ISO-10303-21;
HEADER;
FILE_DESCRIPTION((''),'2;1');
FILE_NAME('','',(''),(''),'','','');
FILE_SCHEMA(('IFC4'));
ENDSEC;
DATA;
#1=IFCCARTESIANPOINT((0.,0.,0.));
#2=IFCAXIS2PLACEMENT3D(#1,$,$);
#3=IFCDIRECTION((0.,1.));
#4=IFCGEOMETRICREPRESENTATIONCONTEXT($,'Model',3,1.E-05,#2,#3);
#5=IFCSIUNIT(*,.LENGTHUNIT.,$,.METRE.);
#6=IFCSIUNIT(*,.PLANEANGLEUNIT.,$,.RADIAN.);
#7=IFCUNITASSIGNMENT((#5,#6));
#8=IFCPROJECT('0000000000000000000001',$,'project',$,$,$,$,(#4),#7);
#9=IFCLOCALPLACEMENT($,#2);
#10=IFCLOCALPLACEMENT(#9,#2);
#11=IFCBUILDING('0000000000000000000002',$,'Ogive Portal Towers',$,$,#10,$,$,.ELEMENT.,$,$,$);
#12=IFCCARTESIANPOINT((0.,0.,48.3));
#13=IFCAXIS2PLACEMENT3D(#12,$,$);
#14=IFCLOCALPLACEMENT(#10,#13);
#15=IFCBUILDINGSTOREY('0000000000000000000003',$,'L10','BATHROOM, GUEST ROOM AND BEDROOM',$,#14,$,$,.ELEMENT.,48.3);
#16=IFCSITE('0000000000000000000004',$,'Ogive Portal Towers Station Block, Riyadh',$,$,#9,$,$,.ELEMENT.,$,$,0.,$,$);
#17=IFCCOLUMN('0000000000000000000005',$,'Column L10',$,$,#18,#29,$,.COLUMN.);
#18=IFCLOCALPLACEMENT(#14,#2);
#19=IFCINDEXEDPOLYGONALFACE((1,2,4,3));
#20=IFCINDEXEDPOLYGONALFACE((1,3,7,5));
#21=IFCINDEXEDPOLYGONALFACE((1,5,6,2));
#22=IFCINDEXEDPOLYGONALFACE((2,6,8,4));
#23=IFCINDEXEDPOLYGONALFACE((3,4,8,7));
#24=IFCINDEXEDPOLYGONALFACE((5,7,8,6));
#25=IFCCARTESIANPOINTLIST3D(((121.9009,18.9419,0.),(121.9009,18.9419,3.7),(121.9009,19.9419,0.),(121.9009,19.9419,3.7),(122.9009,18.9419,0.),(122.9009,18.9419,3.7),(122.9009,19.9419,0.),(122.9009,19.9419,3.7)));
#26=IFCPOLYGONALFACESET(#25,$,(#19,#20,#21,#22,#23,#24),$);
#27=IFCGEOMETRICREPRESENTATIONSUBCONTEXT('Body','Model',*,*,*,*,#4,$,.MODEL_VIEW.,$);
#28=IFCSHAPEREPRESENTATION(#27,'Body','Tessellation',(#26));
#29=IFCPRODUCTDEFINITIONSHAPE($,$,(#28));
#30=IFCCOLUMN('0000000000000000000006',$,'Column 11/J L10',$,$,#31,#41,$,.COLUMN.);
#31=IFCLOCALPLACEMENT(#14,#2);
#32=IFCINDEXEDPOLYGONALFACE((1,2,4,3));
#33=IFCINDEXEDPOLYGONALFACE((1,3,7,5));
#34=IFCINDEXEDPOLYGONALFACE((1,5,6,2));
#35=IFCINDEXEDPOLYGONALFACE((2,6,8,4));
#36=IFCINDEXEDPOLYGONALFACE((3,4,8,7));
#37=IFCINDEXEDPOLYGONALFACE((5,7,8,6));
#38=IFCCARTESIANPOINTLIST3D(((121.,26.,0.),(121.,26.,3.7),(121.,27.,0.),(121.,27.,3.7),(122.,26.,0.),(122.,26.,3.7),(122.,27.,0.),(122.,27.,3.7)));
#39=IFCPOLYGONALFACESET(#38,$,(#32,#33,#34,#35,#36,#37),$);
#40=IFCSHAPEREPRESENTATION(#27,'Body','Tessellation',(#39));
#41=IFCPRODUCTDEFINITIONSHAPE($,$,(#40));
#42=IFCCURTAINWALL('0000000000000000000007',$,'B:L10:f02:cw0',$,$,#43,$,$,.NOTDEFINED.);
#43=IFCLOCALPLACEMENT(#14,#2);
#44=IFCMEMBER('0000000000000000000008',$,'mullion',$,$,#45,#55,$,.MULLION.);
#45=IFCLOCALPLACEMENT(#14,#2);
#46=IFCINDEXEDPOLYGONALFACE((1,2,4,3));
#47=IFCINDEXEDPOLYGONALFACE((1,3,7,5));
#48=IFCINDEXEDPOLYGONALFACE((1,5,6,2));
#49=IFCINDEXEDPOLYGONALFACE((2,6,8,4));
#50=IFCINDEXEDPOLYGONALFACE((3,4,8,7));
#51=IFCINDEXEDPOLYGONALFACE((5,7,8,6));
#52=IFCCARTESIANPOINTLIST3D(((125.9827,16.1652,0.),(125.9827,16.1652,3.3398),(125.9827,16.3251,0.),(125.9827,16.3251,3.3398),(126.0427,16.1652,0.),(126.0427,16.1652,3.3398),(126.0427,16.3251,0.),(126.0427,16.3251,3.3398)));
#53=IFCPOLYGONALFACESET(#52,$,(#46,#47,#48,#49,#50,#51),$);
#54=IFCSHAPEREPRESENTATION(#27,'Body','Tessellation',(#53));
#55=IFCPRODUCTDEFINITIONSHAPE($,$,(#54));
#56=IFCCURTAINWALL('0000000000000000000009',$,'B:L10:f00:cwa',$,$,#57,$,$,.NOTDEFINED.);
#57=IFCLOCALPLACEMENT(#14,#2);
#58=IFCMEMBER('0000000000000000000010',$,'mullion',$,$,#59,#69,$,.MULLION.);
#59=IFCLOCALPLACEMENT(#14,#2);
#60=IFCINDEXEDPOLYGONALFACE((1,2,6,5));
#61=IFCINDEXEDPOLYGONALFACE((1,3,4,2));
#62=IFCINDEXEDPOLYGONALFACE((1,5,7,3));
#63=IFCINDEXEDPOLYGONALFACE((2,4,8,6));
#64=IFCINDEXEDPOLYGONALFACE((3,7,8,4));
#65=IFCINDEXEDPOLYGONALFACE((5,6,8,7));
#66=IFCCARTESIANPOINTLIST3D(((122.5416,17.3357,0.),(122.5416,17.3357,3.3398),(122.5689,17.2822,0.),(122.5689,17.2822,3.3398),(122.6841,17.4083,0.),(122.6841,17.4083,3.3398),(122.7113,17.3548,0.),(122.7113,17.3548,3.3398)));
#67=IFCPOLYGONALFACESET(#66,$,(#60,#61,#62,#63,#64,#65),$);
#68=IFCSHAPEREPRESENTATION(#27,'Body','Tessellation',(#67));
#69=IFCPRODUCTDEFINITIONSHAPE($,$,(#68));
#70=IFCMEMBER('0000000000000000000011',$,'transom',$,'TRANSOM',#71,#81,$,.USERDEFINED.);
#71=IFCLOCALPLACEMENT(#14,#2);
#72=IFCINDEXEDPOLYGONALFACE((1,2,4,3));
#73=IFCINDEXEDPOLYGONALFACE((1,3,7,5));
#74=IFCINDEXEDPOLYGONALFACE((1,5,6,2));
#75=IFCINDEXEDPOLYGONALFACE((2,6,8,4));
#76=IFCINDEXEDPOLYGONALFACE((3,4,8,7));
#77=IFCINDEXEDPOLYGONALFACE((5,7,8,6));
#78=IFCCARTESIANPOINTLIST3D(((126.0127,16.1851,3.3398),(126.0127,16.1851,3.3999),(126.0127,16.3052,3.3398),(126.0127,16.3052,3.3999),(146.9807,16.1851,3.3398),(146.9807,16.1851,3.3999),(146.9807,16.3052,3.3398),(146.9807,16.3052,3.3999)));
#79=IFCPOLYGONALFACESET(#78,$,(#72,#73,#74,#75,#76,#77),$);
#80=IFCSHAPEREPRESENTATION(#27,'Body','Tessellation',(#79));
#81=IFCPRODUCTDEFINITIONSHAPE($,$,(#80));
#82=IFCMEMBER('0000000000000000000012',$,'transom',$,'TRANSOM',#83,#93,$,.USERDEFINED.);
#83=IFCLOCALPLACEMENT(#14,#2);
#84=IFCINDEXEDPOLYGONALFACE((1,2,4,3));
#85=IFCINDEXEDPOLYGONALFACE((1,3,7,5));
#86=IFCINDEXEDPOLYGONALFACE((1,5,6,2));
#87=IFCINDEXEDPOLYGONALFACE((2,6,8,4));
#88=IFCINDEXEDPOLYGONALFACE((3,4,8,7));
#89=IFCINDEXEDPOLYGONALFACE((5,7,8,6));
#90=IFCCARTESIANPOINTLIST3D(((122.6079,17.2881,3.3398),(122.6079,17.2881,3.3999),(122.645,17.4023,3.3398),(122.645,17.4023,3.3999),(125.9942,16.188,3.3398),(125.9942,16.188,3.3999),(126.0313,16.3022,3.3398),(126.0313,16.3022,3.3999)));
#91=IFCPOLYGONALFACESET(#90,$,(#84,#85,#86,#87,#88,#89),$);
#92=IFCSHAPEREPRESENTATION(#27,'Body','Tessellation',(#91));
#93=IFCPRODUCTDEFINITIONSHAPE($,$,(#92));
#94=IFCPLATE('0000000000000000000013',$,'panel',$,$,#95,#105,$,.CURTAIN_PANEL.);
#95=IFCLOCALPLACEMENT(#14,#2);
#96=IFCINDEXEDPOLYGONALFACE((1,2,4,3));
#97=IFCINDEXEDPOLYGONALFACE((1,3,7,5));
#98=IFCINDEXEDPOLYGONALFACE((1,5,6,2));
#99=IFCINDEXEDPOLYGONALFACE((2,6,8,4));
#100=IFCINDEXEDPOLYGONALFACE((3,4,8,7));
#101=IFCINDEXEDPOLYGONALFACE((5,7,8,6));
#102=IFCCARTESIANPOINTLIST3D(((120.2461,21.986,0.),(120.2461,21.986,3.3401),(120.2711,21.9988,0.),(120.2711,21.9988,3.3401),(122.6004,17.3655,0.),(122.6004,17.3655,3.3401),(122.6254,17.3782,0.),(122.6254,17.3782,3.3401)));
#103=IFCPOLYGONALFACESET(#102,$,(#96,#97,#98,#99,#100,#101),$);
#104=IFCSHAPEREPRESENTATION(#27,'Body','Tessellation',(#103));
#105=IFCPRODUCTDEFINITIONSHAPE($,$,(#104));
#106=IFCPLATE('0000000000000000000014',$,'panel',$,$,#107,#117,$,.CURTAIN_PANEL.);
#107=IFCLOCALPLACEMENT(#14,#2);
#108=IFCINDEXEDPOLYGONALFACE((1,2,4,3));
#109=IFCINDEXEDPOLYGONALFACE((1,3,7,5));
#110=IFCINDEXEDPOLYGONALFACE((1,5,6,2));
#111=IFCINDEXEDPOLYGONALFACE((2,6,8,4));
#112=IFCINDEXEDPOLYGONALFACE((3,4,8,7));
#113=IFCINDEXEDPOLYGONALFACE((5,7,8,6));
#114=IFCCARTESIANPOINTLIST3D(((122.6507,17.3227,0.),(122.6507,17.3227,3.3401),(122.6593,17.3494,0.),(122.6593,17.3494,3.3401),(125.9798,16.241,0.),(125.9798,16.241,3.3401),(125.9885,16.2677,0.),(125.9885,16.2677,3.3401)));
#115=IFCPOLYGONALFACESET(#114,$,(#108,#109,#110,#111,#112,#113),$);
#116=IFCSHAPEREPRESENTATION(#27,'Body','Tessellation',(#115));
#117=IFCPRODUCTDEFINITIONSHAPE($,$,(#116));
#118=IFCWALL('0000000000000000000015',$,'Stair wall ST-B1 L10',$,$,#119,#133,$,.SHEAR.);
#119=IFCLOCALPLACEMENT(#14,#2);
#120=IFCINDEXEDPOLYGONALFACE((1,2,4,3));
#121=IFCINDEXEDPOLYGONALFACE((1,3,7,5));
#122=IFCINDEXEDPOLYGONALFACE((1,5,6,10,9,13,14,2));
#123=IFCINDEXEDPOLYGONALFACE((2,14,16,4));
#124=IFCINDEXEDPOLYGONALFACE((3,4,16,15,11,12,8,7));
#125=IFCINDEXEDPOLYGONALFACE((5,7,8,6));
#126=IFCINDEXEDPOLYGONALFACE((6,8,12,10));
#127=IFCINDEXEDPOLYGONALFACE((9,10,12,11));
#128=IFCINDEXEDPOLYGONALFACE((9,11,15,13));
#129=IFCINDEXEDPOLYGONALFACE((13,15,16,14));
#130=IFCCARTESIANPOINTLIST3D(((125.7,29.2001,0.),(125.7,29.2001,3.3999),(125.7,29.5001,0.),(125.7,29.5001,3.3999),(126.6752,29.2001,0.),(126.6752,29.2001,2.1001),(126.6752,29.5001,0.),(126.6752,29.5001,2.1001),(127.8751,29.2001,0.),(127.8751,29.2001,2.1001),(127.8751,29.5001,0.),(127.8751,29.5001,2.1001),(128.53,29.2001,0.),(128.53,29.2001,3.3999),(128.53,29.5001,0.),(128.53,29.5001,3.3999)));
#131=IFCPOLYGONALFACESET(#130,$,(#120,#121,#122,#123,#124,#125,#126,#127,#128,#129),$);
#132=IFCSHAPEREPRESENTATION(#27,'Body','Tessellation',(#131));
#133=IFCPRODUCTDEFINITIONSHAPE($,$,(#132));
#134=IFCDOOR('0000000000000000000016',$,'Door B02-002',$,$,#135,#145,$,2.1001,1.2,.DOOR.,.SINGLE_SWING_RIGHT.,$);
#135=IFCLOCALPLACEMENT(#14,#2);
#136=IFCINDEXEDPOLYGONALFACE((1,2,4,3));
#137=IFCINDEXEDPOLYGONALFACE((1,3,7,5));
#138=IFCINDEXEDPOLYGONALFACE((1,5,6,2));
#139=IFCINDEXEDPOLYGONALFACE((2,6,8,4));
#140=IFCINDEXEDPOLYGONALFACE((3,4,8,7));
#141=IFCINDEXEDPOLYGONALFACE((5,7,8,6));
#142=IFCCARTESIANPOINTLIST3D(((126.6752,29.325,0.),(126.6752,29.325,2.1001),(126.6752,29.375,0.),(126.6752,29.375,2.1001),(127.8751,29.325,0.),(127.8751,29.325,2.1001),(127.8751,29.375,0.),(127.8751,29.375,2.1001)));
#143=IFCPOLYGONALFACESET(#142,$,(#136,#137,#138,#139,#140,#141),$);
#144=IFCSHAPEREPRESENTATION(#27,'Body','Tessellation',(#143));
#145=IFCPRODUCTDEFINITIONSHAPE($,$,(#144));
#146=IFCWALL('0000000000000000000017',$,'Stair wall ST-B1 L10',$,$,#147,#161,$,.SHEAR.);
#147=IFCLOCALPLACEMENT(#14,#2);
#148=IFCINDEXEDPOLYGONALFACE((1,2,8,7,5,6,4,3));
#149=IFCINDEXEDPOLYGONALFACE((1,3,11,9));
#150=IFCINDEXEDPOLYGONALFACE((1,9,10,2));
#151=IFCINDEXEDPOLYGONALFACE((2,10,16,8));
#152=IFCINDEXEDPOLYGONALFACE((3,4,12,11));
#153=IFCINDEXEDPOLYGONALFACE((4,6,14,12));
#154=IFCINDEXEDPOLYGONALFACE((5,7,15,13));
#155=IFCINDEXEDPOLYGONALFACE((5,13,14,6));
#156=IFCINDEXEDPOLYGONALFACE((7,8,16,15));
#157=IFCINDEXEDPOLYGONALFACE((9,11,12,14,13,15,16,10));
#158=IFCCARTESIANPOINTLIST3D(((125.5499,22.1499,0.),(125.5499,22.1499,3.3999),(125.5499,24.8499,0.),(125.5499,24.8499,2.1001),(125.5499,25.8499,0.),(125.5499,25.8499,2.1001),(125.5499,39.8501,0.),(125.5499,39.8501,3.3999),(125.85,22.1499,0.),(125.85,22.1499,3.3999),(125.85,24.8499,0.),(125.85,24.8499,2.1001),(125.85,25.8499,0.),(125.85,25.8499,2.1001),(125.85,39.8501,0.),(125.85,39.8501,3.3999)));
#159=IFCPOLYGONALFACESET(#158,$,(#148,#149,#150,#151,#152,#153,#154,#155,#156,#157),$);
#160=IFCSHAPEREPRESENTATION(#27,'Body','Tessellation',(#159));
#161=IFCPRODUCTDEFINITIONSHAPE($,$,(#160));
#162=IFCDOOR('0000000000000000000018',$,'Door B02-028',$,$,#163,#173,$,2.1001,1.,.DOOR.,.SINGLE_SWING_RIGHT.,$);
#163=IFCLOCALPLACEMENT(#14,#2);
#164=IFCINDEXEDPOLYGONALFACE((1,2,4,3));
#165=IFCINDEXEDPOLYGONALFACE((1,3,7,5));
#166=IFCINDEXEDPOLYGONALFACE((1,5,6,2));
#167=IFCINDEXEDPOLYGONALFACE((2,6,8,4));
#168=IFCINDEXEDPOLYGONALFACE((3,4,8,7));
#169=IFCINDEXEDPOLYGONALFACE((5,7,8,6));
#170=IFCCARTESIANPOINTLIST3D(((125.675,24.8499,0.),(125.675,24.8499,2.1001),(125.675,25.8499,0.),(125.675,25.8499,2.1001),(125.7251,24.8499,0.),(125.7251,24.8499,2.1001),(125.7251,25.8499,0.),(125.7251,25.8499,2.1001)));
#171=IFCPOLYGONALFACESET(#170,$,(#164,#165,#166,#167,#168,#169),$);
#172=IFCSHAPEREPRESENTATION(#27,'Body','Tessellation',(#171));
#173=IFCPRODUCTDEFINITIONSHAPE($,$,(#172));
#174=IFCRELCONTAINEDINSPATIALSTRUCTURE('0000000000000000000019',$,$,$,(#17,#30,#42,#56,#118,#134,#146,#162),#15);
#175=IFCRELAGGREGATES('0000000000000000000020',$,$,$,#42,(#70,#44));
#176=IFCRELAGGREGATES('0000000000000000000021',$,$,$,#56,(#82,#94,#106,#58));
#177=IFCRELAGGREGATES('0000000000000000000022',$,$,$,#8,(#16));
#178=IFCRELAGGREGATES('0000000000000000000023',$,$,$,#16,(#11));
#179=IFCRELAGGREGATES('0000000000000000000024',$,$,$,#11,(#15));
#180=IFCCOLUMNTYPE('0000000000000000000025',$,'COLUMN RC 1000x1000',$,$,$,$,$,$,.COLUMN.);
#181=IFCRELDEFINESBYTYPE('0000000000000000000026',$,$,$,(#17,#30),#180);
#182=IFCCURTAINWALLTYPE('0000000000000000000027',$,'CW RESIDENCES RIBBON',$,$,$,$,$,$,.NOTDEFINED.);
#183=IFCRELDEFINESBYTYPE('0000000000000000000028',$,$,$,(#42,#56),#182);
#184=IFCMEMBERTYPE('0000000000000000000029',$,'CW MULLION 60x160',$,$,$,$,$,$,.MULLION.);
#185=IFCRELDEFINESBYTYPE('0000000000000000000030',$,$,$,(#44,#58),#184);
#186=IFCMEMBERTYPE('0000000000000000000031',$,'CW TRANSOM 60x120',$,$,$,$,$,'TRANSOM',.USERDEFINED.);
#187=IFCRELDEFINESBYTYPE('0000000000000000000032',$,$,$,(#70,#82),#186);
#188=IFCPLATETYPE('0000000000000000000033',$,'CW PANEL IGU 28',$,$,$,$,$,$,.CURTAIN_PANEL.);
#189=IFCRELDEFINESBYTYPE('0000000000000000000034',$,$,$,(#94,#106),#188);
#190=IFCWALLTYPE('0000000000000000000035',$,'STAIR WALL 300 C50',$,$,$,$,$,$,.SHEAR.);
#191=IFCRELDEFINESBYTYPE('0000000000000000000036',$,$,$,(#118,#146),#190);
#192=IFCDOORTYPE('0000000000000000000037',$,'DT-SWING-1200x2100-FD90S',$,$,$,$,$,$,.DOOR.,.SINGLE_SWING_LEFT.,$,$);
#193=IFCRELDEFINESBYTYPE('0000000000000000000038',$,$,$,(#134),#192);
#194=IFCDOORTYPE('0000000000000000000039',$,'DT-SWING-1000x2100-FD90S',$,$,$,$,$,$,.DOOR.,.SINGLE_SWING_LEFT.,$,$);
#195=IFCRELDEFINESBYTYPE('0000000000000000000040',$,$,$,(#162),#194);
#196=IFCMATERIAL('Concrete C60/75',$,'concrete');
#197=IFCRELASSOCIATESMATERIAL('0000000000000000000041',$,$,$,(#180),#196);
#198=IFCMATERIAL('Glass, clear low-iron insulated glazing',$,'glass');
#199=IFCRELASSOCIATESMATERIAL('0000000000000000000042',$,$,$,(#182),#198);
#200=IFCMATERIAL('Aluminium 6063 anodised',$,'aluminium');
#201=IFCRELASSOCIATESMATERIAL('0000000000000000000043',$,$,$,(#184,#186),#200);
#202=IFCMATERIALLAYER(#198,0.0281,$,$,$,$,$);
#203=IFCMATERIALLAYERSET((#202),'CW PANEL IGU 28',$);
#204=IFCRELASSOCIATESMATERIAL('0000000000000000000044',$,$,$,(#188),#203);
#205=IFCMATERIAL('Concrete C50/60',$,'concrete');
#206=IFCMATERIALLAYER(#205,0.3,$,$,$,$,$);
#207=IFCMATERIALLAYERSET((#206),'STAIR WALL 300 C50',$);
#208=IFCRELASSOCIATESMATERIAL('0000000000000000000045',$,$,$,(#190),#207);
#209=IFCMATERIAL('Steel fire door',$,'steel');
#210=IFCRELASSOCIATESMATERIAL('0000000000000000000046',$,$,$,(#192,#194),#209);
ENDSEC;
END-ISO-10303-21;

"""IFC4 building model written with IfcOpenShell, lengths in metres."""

from ifc_helpers import new_model, si_unit, direction, frame, frame_2d, origin, origin_2d, place, context, subcontext, project, spatial, rectangle, extrude, material, layer, layer_set, material_profile, profile_set, type_object, element, fill, aggregate, save


model = new_model("IFC4")

# Units and contexts
model_context = context("Model", 3, precision=1e-05, world=origin(), true_north=direction((0.0, 1.0)))
body_context = subcontext(model_context, "Body", "Model", "MODEL_VIEW")
ifc_project = project(units=[si_unit("LENGTHUNIT", "METRE"), si_unit("PLANEANGLEUNIT", "RADIAN")], contexts=[model_context])

# Site, building, storey
site_placement = place(None, origin())
site = spatial("IfcSite", under=ifc_project, at=site_placement, Name="Ogive Portal Towers Station Block, Riyadh", CompositionType="ELEMENT", RefElevation=0.0)
building_placement = place(site_placement, origin())
building = spatial("IfcBuilding", under=site, at=building_placement, Name="Ogive Portal Towers", CompositionType="ELEMENT")
storey_placement = place(building_placement, frame((0.0, 0.0, 48.3)))
storey = spatial("IfcBuildingStorey", under=building, at=storey_placement, Name="L10", Description="BATHROOM, GUEST ROOM AND BEDROOM", CompositionType="ELEMENT", Elevation=48.3)

# Columns
ifc_material_1 = material(Name="Concrete C60/75", Category="concrete")
ifc_material_profile_1 = material_profile(ifc_material_1, rectangle(XDim=1.0, YDim=1.0, at=origin_2d()), Name="RC 1000x1000")
ifc_profile_set_1 = profile_set([ifc_material_profile_1], Name="Concrete C60/75")
column_type = type_object("IfcColumnType", Name="COLUMN RC 1000x1000", PredefinedType="COLUMN", material=ifc_profile_set_1)
for number, where, z_axis, x_axis, name in (
    (1, (122.4009, 19.4419, 0.0), (0.0, 0.0, 1.0), (1.0, 0.0, 0.0), "Column L10"),
    (2, (121.5, 26.5, 0.0), (0.0, 0.0, 1.0), (1.0, 0.0, 0.0), "Column 11/J L10"),
):
    element("IfcColumn", number, at=place(storey_placement, frame(where, z_axis=z_axis, x_axis=x_axis)), inside=storey, type_object=column_type, Name=name, PredefinedType="COLUMN", context=body_context, shape_type="SweptSolid", body=[
        extrude(rectangle(XDim=1.0, YDim=1.0, at=origin_2d()), origin(), (0.0, 0.0, 1.0), 3.7),
    ])

# Curtain walls, members
ifc_material_2 = material(Name="Glass, clear low-iron insulated glazing", Category="glass")
curtain_wall_type = type_object("IfcCurtainWallType", Name="CW RESIDENCES RIBBON", PredefinedType="NOTDEFINED", material=ifc_material_2)
curtain_wall_1_placement = place(storey_placement, origin())
curtain_wall_1 = element("IfcCurtainWall", 3, at=curtain_wall_1_placement, inside=storey, type_object=curtain_wall_type, Name="B:L10:f02:cw0", PredefinedType="NOTDEFINED")
ifc_material_3 = material(Name="Aluminium 6063 anodised", Category="aluminium")
ifc_material_profile_2 = material_profile(ifc_material_3, rectangle(XDim=0.1599, YDim=0.0601, at=origin_2d()), Name="AL 60x160")
ifc_profile_set_2 = profile_set([ifc_material_profile_2], Name="Aluminium 6063 anodised")
member_type_1 = type_object("IfcMemberType", Name="CW MULLION 60x160", PredefinedType="MULLION", material=ifc_profile_set_2)
member_1_placement = place(storey_placement, frame((126.0127, 16.2451, 0.0), z_axis=(0.0, 0.0, 1.0), x_axis=(0.0, 1.0, 0.0)))
member_1 = element("IfcMember", 4, at=member_1_placement, type_object=member_type_1, Name="mullion", PredefinedType="MULLION", context=body_context, shape_type="SweptSolid", body=[
    extrude(rectangle(XDim=0.1599, YDim=0.0601, at=origin_2d()), origin(), (0.0, 0.0, 1.0), 3.3398),
])
curtain_wall_2_placement = place(storey_placement, origin())
curtain_wall_2 = element("IfcCurtainWall", 5, at=curtain_wall_2_placement, inside=storey, type_object=curtain_wall_type, Name="B:L10:f00:cwa", PredefinedType="NOTDEFINED")
member_2_placement = place(storey_placement, frame((122.6265, 17.3452, 0.0), z_axis=(0.0, 0.0, 1.0), x_axis=(0.891007, 0.45399, 0.0)))
member_2 = element("IfcMember", 6, at=member_2_placement, type_object=member_type_1, Name="mullion", PredefinedType="MULLION", context=body_context, shape_type="SweptSolid", body=[
    extrude(rectangle(XDim=0.1599, YDim=0.0601, at=origin_2d()), origin(), (0.0, 0.0, 1.0), 3.3398),
])

# Members
ifc_material_profile_3 = material_profile(ifc_material_3, rectangle(XDim=0.1201, YDim=0.0601, at=origin_2d()), Name="AL 120x60")
ifc_profile_set_3 = profile_set([ifc_material_profile_3], Name="Aluminium 6063 anodised")
member_type_2 = type_object("IfcMemberType", Name="CW TRANSOM 60x120", ElementType="TRANSOM", PredefinedType="USERDEFINED", material=ifc_profile_set_3)
member_3_placement = place(storey_placement, frame((126.0127, 16.2451, 3.3699), z_axis=(1.0, 0.0, 0.0), x_axis=(0.0, 1.0, 0.0)))
member_3 = element("IfcMember", 7, at=member_3_placement, type_object=member_type_2, Name="transom", ObjectType="TRANSOM", PredefinedType="USERDEFINED", context=body_context, shape_type="SweptSolid", body=[
    extrude(rectangle(XDim=0.1201, YDim=0.0601, at=origin_2d()), origin(), (0.0, 0.0, 1.0), 20.968),
])
aggregate(curtain_wall_1, [member_3, member_1])
member_4_placement = place(storey_placement, frame((122.6265, 17.3452, 3.3699), z_axis=(0.951069, -0.308978, 0.0), x_axis=(0.308978, 0.951069, 0.0)))
member_4 = element("IfcMember", 8, at=member_4_placement, type_object=member_type_2, Name="transom", ObjectType="TRANSOM", PredefinedType="USERDEFINED", context=body_context, shape_type="SweptSolid", body=[
    extrude(rectangle(XDim=0.1201, YDim=0.0601, at=origin_2d()), origin(), (0.0, 0.0, 1.0), 3.5605),
])

# Plates
ifc_layer_1 = layer(ifc_material_2, 0.0281)
ifc_layer_set_1 = layer_set([ifc_layer_1], Name="CW PANEL IGU 28")
plate_type = type_object("IfcPlateType", Name="CW PANEL IGU 28", PredefinedType="CURTAIN_PANEL", material=ifc_layer_set_1)
plate_1_placement = place(storey_placement, frame((121.4358, 19.6821, 0.0), z_axis=(0.0, 0.0, 1.0), x_axis=(0.45399, -0.891007, 0.0)))
plate_1 = element("IfcPlate", 9, at=plate_1_placement, type_object=plate_type, Name="panel", PredefinedType="CURTAIN_PANEL", context=body_context, shape_type="SweptSolid", body=[
    extrude(rectangle(XDim=5.1858, YDim=0.0281, at=origin_2d()), origin(), (0.0, 0.0, 1.0), 3.3401),
])
plate_2_placement = place(storey_placement, frame((124.3196, 16.7952, 0.0), z_axis=(0.0, 0.0, 1.0), x_axis=(0.951057, -0.309017, 0.0)))
plate_2 = element("IfcPlate", 10, at=plate_2_placement, type_object=plate_type, Name="panel", PredefinedType="CURTAIN_PANEL", context=body_context, shape_type="SweptSolid", body=[
    extrude(rectangle(XDim=3.5005, YDim=0.0281, at=origin_2d()), origin(), (0.0, 0.0, 1.0), 3.3401),
])
aggregate(curtain_wall_2, [member_4, plate_1, plate_2, member_2])

# Walls, openings, doors
ifc_material_4 = material(Name="Concrete C50/60", Category="concrete")
ifc_layer_2 = layer(ifc_material_4, 0.3)
ifc_layer_set_2 = layer_set([ifc_layer_2], Name="STAIR WALL 300 C50")
wall_type_1 = type_object("IfcWallType", Name="STAIR WALL 300 C50", PredefinedType="SHEAR", material=ifc_layer_set_2)
wall_1_placement = place(storey_placement, frame((125.7, 29.3501, 0.0), z_axis=(0.0, 0.0, 1.0), x_axis=(1.0, 0.0, 0.0)))
wall_1 = element("IfcWall", 11, at=wall_1_placement, inside=storey, type_object=wall_type_1, Name="Stair wall ST-B1 L10", PredefinedType="SHEAR", context=body_context, shape_type="SweptSolid", body=[
    extrude(rectangle(XDim=2.8301, YDim=0.3, at=frame_2d((1.415, 0.0))), origin(), (0.0, 0.0, 1.0), 3.3999),
])
opening_1_placement = place(wall_1_placement, frame((0.9751, 0.0, 0.0)))
opening_1 = element("IfcOpeningElement", 12, at=opening_1_placement, cuts=wall_1, PredefinedType="OPENING", context=body_context, shape_type="SweptSolid", body=[
    extrude(rectangle(XDim=1.2, YDim=2.1001, at=frame_2d((0.6001, 1.05))), frame((0.0, 0.1602, 0.0), z_axis=(0.0, -1.0, 0.0), x_axis=(1.0, 0.0, 0.0)), (0.0, 0.0, 1.0), 0.3201),
])
ifc_material_5 = material(Name="Steel fire door", Category="steel")
door_type_1 = type_object("IfcDoorType", Name="DT-SWING-1200x2100-FD90S", OperationType="SINGLE_SWING_LEFT", PredefinedType="DOOR", material=ifc_material_5)
door_1_placement = place(opening_1_placement, origin())
door_1 = element("IfcDoor", 13, at=door_1_placement, inside=storey, type_object=door_type_1, Name="Door B02-002", OperationType="SINGLE_SWING_RIGHT", OverallHeight=2.1001, OverallWidth=1.2, PredefinedType="DOOR", context=body_context, shape_type="SweptSolid", body=[
    extrude(rectangle(XDim=1.2, YDim=2.1001, at=frame_2d((0.6001, 1.05))), frame((0.0, 0.0249, 0.0), z_axis=(0.0, -1.0, 0.0), x_axis=(1.0, 0.0, 0.0)), (0.0, 0.0, 1.0), 0.05),
])
fill(opening_1, door_1)
wall_2_placement = place(storey_placement, frame((125.7, 22.1499, 0.0), z_axis=(0.0, 0.0, 1.0), x_axis=(0.0, 1.0, 0.0)))
wall_2 = element("IfcWall", 14, at=wall_2_placement, inside=storey, type_object=wall_type_1, Name="Stair wall ST-B1 L10", PredefinedType="SHEAR", context=body_context, shape_type="SweptSolid", body=[
    extrude(rectangle(XDim=17.7002, YDim=0.3, at=frame_2d((8.8501, 0.0))), origin(), (0.0, 0.0, 1.0), 3.3999),
])
opening_2_placement = place(wall_2_placement, frame((2.7, 0.0, 0.0)))
opening_2 = element("IfcOpeningElement", 15, at=opening_2_placement, cuts=wall_2, PredefinedType="OPENING", context=body_context, shape_type="SweptSolid", body=[
    extrude(rectangle(XDim=1.0, YDim=2.1001, at=frame_2d((0.5, 1.05))), frame((0.0, 0.1602, 0.0), z_axis=(0.0, -1.0, 0.0), x_axis=(1.0, 0.0, 0.0)), (0.0, 0.0, 1.0), 0.3201),
])
door_type_2 = type_object("IfcDoorType", Name="DT-SWING-1000x2100-FD90S", OperationType="SINGLE_SWING_LEFT", PredefinedType="DOOR", material=ifc_material_5)
door_2_placement = place(opening_2_placement, origin())
door_2 = element("IfcDoor", 16, at=door_2_placement, inside=storey, type_object=door_type_2, Name="Door B02-028", OperationType="SINGLE_SWING_RIGHT", OverallHeight=2.1001, OverallWidth=1.0, PredefinedType="DOOR", context=body_context, shape_type="SweptSolid", body=[
    extrude(rectangle(XDim=1.0, YDim=2.1001, at=frame_2d((0.5, 1.05))), frame((0.0, 0.0249, 0.0), z_axis=(0.0, -1.0, 0.0), x_axis=(1.0, 0.0, 0.0)), (0.0, 0.0, 1.0), 0.05),
])
fill(opening_2, door_2)

save(model, "model.ifc")
